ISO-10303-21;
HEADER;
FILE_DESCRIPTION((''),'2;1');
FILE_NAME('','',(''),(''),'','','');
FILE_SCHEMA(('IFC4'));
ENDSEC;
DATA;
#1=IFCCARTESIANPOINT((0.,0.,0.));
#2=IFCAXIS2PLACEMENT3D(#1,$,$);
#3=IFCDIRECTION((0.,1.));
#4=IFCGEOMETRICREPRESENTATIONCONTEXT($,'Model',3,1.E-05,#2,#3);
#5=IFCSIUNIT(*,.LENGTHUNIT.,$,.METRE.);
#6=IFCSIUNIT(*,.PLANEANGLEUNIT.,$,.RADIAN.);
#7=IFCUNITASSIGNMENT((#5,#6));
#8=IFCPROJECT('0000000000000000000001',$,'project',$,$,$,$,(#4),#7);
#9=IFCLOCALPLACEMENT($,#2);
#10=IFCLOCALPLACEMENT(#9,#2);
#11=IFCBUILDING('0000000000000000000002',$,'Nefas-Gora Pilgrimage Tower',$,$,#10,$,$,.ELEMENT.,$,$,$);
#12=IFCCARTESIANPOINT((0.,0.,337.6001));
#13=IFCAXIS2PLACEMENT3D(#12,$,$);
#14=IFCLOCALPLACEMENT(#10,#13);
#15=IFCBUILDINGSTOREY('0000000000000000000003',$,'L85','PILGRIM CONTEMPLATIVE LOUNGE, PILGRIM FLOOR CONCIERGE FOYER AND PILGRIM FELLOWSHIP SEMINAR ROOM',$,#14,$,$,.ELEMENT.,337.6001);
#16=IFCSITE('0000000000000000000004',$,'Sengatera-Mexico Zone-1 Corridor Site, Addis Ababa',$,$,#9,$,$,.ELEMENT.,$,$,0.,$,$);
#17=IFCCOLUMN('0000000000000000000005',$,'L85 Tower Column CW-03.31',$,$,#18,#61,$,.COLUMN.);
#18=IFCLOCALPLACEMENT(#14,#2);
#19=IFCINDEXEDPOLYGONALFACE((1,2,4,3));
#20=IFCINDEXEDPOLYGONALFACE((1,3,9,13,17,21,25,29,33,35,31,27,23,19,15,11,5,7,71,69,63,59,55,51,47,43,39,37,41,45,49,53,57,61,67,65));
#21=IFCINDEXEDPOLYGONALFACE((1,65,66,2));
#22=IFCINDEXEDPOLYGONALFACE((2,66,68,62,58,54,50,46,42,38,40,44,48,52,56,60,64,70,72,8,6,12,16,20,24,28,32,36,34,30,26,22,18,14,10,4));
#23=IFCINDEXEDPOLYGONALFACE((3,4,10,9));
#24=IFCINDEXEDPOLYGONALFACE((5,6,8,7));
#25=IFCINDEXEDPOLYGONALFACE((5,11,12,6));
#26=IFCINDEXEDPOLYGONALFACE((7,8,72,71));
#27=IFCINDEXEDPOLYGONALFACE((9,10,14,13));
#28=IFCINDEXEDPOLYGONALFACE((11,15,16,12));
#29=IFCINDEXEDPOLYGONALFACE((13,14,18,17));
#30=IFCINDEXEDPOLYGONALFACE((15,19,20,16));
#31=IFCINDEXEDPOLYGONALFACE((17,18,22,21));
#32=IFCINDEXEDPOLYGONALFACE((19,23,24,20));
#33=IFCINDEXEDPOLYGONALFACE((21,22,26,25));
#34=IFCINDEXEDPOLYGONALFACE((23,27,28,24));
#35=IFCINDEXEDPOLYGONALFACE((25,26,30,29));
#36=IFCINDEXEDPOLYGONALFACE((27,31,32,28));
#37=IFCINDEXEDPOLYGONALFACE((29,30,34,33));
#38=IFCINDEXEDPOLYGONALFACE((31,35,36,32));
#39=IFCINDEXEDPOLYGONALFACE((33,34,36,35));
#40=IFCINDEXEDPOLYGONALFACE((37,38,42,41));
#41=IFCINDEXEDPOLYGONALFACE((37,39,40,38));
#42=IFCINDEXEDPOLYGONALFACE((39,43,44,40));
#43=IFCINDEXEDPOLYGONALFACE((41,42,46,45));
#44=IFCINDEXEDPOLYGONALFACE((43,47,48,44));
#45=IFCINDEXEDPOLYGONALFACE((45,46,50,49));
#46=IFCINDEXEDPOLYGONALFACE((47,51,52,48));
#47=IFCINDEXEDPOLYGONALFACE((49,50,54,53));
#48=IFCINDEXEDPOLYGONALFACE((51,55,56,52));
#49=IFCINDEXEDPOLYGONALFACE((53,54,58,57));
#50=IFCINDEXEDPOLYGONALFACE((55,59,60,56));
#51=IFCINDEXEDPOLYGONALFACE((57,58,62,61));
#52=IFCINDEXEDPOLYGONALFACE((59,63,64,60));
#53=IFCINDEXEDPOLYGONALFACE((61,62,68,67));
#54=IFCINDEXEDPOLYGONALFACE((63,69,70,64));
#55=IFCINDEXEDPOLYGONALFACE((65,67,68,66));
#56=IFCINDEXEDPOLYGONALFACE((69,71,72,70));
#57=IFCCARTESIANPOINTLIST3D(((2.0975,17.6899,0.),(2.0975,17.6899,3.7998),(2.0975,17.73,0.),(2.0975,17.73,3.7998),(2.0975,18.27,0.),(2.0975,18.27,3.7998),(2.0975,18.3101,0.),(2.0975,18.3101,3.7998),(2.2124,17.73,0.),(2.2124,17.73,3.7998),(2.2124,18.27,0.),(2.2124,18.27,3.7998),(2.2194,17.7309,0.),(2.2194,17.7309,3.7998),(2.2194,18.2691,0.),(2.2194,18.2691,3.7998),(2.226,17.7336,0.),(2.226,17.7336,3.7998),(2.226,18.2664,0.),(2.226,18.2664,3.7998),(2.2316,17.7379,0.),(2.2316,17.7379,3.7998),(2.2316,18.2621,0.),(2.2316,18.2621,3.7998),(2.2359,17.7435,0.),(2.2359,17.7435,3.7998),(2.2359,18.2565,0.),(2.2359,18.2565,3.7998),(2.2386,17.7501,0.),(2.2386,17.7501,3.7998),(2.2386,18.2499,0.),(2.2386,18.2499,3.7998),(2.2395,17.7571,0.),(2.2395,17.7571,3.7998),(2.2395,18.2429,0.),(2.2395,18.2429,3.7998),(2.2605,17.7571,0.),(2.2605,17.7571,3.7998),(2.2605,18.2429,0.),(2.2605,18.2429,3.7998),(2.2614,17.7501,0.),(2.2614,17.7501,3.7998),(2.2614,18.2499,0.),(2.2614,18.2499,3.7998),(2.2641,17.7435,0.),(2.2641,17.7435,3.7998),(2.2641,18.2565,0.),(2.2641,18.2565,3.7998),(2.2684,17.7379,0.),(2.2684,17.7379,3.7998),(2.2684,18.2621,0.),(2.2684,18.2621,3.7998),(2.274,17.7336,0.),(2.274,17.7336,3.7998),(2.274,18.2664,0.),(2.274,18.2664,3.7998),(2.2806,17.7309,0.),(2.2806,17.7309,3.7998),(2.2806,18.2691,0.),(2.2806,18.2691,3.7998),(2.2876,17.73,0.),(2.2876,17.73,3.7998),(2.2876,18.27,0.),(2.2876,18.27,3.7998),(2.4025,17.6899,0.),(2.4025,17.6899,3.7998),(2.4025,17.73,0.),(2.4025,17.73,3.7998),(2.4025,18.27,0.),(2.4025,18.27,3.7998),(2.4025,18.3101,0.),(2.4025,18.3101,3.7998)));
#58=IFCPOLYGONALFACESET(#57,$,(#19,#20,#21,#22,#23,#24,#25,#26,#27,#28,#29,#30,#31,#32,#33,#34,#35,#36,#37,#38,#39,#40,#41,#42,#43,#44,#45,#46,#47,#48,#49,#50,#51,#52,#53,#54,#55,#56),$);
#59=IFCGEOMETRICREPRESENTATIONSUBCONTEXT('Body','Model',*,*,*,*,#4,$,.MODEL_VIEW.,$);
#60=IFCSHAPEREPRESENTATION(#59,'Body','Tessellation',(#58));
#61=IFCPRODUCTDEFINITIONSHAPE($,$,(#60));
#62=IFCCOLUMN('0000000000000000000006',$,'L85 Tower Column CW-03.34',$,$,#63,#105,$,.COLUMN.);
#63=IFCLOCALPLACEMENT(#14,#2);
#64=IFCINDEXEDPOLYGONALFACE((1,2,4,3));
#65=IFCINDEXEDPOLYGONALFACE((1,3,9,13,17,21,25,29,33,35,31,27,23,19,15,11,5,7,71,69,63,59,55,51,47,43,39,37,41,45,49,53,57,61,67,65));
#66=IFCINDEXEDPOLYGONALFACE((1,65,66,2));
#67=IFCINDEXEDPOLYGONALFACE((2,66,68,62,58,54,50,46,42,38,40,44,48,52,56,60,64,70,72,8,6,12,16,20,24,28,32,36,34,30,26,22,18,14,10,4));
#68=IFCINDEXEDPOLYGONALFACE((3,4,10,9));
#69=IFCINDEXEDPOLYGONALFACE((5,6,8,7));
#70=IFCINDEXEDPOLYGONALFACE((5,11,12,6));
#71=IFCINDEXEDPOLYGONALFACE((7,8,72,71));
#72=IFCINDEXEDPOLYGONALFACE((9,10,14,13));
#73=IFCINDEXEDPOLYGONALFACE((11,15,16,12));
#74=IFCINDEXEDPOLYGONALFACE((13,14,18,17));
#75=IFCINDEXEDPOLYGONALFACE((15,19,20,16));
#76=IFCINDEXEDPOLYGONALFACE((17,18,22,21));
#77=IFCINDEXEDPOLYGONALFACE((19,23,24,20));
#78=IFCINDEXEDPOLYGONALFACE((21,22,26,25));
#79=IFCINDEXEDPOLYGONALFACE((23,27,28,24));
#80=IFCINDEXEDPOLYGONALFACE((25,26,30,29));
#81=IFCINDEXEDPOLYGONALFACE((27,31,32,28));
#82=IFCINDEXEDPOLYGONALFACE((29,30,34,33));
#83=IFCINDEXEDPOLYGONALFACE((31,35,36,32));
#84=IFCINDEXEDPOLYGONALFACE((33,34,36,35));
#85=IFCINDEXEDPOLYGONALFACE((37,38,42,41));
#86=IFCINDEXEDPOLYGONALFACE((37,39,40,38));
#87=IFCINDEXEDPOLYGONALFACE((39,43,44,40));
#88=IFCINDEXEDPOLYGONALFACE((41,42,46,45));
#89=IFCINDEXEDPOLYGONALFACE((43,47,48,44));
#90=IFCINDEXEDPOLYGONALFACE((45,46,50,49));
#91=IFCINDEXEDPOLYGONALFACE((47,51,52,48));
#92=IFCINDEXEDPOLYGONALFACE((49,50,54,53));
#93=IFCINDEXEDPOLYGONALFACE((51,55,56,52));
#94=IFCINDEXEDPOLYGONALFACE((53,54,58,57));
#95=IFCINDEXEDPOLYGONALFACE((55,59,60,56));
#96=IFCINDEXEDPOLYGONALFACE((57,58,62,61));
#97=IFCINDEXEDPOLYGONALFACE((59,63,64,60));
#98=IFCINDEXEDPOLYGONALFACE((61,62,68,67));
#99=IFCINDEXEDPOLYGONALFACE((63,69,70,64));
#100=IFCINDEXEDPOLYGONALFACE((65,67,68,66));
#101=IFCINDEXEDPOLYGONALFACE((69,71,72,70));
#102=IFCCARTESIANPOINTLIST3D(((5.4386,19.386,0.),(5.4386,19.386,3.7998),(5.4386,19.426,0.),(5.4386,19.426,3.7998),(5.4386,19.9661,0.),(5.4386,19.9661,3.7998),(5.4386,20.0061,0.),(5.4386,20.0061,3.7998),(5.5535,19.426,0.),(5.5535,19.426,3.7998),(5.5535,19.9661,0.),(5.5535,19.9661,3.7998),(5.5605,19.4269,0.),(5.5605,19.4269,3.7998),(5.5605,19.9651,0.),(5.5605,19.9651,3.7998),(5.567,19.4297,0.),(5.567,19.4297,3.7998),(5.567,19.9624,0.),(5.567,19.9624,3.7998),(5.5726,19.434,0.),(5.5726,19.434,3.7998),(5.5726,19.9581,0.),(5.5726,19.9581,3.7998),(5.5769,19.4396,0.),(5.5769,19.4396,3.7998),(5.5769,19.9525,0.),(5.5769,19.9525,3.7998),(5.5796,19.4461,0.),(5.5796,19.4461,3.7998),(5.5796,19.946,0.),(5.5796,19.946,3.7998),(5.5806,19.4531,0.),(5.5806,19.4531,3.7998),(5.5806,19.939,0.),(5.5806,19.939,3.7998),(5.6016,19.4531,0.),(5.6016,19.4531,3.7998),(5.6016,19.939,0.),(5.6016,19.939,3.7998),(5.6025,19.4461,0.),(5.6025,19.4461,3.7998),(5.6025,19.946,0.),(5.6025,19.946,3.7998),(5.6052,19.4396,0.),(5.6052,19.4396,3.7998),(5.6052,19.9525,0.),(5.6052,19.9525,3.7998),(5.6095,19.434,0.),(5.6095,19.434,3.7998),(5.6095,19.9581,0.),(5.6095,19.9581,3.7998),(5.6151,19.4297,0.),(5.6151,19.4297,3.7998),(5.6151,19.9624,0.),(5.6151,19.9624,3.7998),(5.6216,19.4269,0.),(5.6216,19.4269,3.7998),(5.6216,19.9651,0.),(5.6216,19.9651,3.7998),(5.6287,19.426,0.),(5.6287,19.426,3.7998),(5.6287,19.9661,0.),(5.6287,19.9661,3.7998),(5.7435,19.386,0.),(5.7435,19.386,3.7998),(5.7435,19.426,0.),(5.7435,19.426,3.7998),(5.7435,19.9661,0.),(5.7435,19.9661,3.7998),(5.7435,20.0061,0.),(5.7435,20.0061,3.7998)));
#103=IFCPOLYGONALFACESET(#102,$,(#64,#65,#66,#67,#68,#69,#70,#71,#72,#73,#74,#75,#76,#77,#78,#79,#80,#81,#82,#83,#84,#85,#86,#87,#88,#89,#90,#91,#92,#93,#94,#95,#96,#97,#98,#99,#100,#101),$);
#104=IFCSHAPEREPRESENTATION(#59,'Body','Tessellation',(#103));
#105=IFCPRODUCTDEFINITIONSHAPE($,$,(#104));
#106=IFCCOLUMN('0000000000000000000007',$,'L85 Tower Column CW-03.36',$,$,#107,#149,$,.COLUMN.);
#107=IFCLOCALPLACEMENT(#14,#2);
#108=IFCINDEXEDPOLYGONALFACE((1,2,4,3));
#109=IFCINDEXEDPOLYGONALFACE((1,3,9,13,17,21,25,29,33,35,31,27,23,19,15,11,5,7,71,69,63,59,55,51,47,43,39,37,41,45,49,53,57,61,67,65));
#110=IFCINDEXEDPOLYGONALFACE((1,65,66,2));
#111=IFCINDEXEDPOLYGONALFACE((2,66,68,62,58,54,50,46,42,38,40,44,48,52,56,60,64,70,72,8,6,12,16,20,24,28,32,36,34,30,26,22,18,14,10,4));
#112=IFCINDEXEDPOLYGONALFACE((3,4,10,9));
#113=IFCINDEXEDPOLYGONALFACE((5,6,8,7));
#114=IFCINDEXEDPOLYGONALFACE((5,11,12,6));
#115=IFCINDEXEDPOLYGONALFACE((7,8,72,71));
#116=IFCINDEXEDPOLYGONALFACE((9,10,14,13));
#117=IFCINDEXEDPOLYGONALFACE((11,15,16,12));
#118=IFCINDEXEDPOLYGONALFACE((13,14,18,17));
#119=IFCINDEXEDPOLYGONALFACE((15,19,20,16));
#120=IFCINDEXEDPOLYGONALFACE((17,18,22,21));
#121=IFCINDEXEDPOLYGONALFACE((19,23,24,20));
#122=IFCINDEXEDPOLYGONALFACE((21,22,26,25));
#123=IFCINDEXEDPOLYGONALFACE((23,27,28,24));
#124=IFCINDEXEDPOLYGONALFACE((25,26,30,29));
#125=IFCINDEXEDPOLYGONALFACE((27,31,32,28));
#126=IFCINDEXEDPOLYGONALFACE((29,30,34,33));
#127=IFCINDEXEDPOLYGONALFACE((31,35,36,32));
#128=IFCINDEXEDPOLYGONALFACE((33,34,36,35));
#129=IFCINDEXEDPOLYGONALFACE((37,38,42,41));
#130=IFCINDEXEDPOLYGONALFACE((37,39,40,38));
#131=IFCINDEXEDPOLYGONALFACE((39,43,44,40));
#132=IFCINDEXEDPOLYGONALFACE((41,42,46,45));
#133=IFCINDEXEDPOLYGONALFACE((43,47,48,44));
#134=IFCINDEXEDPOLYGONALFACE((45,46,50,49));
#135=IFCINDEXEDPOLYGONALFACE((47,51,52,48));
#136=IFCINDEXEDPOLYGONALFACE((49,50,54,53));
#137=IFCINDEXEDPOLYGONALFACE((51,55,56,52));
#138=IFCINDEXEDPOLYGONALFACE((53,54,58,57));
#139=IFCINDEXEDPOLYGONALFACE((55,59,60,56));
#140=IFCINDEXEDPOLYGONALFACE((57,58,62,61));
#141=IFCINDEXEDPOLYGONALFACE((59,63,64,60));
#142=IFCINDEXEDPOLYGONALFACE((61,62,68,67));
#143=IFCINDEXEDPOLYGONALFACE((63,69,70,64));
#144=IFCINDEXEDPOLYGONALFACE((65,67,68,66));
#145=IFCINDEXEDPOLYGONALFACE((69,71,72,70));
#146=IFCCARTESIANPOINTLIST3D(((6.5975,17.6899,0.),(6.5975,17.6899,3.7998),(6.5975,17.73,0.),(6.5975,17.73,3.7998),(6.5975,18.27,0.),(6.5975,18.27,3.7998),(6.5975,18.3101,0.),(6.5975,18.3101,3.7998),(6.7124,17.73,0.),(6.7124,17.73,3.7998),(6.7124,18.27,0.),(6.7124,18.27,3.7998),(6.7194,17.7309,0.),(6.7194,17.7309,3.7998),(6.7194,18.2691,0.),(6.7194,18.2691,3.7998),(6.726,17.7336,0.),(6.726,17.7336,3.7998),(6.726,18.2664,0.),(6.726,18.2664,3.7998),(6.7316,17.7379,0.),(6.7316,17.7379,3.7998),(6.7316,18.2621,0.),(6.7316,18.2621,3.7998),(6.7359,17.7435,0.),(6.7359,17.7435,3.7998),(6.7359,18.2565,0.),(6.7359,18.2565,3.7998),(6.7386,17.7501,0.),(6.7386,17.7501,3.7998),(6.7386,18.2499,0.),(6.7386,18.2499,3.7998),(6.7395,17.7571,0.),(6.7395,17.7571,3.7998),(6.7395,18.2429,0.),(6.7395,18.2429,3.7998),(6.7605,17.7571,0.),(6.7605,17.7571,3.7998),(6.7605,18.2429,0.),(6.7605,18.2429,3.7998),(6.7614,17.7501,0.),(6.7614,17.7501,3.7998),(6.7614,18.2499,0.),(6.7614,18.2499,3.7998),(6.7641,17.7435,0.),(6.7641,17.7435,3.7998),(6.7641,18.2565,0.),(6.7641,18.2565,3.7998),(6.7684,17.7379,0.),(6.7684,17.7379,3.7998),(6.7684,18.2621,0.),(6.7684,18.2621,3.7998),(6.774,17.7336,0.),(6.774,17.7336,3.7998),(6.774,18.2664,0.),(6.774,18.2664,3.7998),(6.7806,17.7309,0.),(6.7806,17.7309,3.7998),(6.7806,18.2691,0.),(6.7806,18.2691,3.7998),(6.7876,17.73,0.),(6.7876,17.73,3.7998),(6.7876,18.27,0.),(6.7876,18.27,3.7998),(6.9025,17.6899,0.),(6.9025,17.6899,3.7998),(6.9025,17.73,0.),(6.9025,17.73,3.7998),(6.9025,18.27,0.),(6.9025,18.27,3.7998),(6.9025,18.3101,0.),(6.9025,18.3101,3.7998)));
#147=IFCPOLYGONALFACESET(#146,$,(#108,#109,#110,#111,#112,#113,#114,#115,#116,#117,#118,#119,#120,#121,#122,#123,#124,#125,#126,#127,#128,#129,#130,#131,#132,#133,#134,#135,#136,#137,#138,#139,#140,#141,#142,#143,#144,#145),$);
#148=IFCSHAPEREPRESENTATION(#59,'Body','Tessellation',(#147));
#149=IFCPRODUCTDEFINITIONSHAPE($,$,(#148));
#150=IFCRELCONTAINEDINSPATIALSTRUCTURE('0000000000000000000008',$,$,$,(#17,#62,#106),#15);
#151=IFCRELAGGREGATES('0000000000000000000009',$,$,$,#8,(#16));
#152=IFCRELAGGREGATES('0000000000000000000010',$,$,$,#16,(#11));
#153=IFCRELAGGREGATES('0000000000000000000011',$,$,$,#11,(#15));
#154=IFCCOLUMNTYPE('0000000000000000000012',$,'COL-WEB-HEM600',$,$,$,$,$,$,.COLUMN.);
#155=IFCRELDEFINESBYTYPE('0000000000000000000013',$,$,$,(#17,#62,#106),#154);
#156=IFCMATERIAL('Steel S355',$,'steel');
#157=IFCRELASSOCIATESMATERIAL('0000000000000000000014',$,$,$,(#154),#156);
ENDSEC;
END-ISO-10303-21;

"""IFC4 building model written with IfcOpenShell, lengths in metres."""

from ifc_helpers import new_model, si_unit, direction, frame, origin, origin_2d, place, context, subcontext, project, spatial, i_section, extrude, source, transform, mapped, material, material_profile, profile_set, type_object, element, save


model = new_model("IFC4")

# Units and contexts
model_context = context("Model", 3, precision=1e-05, world=origin(), true_north=direction((0.0, 1.0)))
body_context = subcontext(model_context, "Body", "Model", "MODEL_VIEW")
ifc_project = project(units=[si_unit("LENGTHUNIT", "METRE"), si_unit("PLANEANGLEUNIT", "RADIAN")], contexts=[model_context])

# Site, building, storey
site_placement = place(None, origin())
site = spatial("IfcSite", under=ifc_project, at=site_placement, Name="Sengatera-Mexico Zone-1 Corridor Site, Addis Ababa", CompositionType="ELEMENT", RefElevation=0.0)
building_placement = place(site_placement, origin())
building = spatial("IfcBuilding", under=site, at=building_placement, Name="Nefas-Gora Pilgrimage Tower", CompositionType="ELEMENT")
storey_placement = place(building_placement, frame((0.0, 0.0, 337.6001)))
storey = spatial("IfcBuildingStorey", under=building, at=storey_placement, Name="L85", Description="PILGRIM CONTEMPLATIVE LOUNGE, PILGRIM FLOOR CONCIERGE FOYER AND PILGRIM FELLOWSHIP SEMINAR ROOM", CompositionType="ELEMENT", Elevation=337.6001)

# Columns
ifc_material_1 = material(Name="Steel S355", Category="steel")
ifc_material_profile_1 = material_profile(ifc_material_1, i_section(OverallWidth=0.3049, OverallDepth=0.6201, WebThickness=0.021, FlangeThickness=0.04, FilletRadius=0.0271, at=origin_2d()), Name="HEM 600")
ifc_profile_set_1 = profile_set([ifc_material_profile_1], Name="Steel S355")
column_type_1 = type_object("IfcColumnType", Name="COL-WEB-HEM600", PredefinedType="COLUMN", material=ifc_profile_set_1)
shared_shape_1 = source(origin(), body_context, "Body", "SweptSolid", [
    extrude(i_section(OverallWidth=0.3049, OverallDepth=0.6201, WebThickness=0.021, FlangeThickness=0.04, FilletRadius=0.0271, at=origin_2d()), origin(), (0.0, 0.0, 1.0), 3.7998),
])
for number, where, z_axis, x_axis, name in (
    (1, (2.25, 18.0, 0.0), (0.0, 0.0, 1.0), (1.0, 0.0, 0.0), "L85 Tower Column CW-03.31"),
    (2, (5.5911, 19.696, 0.0), (0.0, 0.0, 1.0), (1.0, 0.0, 0.0), "L85 Tower Column CW-03.34"),
    (3, (6.75, 18.0, 0.0), (0.0, 0.0, 1.0), (1.0, 0.0, 0.0), "L85 Tower Column CW-03.36"),
):
    element("IfcColumn", number, at=place(storey_placement, frame(where, z_axis=z_axis, x_axis=x_axis)), inside=storey, type_object=column_type_1, Name=name, PredefinedType="COLUMN", context=body_context, shape_type="MappedRepresentation", body=[
        mapped(shared_shape_1, transform((0.0, 0.0, 0.0), x_axis=(1.0, 0.0, 0.0), y_axis=(0.0, 1.0, 0.0), z_axis=(0.0, 0.0, 1.0), scale=1.0)),
    ])

save(model, "model.ifc")
